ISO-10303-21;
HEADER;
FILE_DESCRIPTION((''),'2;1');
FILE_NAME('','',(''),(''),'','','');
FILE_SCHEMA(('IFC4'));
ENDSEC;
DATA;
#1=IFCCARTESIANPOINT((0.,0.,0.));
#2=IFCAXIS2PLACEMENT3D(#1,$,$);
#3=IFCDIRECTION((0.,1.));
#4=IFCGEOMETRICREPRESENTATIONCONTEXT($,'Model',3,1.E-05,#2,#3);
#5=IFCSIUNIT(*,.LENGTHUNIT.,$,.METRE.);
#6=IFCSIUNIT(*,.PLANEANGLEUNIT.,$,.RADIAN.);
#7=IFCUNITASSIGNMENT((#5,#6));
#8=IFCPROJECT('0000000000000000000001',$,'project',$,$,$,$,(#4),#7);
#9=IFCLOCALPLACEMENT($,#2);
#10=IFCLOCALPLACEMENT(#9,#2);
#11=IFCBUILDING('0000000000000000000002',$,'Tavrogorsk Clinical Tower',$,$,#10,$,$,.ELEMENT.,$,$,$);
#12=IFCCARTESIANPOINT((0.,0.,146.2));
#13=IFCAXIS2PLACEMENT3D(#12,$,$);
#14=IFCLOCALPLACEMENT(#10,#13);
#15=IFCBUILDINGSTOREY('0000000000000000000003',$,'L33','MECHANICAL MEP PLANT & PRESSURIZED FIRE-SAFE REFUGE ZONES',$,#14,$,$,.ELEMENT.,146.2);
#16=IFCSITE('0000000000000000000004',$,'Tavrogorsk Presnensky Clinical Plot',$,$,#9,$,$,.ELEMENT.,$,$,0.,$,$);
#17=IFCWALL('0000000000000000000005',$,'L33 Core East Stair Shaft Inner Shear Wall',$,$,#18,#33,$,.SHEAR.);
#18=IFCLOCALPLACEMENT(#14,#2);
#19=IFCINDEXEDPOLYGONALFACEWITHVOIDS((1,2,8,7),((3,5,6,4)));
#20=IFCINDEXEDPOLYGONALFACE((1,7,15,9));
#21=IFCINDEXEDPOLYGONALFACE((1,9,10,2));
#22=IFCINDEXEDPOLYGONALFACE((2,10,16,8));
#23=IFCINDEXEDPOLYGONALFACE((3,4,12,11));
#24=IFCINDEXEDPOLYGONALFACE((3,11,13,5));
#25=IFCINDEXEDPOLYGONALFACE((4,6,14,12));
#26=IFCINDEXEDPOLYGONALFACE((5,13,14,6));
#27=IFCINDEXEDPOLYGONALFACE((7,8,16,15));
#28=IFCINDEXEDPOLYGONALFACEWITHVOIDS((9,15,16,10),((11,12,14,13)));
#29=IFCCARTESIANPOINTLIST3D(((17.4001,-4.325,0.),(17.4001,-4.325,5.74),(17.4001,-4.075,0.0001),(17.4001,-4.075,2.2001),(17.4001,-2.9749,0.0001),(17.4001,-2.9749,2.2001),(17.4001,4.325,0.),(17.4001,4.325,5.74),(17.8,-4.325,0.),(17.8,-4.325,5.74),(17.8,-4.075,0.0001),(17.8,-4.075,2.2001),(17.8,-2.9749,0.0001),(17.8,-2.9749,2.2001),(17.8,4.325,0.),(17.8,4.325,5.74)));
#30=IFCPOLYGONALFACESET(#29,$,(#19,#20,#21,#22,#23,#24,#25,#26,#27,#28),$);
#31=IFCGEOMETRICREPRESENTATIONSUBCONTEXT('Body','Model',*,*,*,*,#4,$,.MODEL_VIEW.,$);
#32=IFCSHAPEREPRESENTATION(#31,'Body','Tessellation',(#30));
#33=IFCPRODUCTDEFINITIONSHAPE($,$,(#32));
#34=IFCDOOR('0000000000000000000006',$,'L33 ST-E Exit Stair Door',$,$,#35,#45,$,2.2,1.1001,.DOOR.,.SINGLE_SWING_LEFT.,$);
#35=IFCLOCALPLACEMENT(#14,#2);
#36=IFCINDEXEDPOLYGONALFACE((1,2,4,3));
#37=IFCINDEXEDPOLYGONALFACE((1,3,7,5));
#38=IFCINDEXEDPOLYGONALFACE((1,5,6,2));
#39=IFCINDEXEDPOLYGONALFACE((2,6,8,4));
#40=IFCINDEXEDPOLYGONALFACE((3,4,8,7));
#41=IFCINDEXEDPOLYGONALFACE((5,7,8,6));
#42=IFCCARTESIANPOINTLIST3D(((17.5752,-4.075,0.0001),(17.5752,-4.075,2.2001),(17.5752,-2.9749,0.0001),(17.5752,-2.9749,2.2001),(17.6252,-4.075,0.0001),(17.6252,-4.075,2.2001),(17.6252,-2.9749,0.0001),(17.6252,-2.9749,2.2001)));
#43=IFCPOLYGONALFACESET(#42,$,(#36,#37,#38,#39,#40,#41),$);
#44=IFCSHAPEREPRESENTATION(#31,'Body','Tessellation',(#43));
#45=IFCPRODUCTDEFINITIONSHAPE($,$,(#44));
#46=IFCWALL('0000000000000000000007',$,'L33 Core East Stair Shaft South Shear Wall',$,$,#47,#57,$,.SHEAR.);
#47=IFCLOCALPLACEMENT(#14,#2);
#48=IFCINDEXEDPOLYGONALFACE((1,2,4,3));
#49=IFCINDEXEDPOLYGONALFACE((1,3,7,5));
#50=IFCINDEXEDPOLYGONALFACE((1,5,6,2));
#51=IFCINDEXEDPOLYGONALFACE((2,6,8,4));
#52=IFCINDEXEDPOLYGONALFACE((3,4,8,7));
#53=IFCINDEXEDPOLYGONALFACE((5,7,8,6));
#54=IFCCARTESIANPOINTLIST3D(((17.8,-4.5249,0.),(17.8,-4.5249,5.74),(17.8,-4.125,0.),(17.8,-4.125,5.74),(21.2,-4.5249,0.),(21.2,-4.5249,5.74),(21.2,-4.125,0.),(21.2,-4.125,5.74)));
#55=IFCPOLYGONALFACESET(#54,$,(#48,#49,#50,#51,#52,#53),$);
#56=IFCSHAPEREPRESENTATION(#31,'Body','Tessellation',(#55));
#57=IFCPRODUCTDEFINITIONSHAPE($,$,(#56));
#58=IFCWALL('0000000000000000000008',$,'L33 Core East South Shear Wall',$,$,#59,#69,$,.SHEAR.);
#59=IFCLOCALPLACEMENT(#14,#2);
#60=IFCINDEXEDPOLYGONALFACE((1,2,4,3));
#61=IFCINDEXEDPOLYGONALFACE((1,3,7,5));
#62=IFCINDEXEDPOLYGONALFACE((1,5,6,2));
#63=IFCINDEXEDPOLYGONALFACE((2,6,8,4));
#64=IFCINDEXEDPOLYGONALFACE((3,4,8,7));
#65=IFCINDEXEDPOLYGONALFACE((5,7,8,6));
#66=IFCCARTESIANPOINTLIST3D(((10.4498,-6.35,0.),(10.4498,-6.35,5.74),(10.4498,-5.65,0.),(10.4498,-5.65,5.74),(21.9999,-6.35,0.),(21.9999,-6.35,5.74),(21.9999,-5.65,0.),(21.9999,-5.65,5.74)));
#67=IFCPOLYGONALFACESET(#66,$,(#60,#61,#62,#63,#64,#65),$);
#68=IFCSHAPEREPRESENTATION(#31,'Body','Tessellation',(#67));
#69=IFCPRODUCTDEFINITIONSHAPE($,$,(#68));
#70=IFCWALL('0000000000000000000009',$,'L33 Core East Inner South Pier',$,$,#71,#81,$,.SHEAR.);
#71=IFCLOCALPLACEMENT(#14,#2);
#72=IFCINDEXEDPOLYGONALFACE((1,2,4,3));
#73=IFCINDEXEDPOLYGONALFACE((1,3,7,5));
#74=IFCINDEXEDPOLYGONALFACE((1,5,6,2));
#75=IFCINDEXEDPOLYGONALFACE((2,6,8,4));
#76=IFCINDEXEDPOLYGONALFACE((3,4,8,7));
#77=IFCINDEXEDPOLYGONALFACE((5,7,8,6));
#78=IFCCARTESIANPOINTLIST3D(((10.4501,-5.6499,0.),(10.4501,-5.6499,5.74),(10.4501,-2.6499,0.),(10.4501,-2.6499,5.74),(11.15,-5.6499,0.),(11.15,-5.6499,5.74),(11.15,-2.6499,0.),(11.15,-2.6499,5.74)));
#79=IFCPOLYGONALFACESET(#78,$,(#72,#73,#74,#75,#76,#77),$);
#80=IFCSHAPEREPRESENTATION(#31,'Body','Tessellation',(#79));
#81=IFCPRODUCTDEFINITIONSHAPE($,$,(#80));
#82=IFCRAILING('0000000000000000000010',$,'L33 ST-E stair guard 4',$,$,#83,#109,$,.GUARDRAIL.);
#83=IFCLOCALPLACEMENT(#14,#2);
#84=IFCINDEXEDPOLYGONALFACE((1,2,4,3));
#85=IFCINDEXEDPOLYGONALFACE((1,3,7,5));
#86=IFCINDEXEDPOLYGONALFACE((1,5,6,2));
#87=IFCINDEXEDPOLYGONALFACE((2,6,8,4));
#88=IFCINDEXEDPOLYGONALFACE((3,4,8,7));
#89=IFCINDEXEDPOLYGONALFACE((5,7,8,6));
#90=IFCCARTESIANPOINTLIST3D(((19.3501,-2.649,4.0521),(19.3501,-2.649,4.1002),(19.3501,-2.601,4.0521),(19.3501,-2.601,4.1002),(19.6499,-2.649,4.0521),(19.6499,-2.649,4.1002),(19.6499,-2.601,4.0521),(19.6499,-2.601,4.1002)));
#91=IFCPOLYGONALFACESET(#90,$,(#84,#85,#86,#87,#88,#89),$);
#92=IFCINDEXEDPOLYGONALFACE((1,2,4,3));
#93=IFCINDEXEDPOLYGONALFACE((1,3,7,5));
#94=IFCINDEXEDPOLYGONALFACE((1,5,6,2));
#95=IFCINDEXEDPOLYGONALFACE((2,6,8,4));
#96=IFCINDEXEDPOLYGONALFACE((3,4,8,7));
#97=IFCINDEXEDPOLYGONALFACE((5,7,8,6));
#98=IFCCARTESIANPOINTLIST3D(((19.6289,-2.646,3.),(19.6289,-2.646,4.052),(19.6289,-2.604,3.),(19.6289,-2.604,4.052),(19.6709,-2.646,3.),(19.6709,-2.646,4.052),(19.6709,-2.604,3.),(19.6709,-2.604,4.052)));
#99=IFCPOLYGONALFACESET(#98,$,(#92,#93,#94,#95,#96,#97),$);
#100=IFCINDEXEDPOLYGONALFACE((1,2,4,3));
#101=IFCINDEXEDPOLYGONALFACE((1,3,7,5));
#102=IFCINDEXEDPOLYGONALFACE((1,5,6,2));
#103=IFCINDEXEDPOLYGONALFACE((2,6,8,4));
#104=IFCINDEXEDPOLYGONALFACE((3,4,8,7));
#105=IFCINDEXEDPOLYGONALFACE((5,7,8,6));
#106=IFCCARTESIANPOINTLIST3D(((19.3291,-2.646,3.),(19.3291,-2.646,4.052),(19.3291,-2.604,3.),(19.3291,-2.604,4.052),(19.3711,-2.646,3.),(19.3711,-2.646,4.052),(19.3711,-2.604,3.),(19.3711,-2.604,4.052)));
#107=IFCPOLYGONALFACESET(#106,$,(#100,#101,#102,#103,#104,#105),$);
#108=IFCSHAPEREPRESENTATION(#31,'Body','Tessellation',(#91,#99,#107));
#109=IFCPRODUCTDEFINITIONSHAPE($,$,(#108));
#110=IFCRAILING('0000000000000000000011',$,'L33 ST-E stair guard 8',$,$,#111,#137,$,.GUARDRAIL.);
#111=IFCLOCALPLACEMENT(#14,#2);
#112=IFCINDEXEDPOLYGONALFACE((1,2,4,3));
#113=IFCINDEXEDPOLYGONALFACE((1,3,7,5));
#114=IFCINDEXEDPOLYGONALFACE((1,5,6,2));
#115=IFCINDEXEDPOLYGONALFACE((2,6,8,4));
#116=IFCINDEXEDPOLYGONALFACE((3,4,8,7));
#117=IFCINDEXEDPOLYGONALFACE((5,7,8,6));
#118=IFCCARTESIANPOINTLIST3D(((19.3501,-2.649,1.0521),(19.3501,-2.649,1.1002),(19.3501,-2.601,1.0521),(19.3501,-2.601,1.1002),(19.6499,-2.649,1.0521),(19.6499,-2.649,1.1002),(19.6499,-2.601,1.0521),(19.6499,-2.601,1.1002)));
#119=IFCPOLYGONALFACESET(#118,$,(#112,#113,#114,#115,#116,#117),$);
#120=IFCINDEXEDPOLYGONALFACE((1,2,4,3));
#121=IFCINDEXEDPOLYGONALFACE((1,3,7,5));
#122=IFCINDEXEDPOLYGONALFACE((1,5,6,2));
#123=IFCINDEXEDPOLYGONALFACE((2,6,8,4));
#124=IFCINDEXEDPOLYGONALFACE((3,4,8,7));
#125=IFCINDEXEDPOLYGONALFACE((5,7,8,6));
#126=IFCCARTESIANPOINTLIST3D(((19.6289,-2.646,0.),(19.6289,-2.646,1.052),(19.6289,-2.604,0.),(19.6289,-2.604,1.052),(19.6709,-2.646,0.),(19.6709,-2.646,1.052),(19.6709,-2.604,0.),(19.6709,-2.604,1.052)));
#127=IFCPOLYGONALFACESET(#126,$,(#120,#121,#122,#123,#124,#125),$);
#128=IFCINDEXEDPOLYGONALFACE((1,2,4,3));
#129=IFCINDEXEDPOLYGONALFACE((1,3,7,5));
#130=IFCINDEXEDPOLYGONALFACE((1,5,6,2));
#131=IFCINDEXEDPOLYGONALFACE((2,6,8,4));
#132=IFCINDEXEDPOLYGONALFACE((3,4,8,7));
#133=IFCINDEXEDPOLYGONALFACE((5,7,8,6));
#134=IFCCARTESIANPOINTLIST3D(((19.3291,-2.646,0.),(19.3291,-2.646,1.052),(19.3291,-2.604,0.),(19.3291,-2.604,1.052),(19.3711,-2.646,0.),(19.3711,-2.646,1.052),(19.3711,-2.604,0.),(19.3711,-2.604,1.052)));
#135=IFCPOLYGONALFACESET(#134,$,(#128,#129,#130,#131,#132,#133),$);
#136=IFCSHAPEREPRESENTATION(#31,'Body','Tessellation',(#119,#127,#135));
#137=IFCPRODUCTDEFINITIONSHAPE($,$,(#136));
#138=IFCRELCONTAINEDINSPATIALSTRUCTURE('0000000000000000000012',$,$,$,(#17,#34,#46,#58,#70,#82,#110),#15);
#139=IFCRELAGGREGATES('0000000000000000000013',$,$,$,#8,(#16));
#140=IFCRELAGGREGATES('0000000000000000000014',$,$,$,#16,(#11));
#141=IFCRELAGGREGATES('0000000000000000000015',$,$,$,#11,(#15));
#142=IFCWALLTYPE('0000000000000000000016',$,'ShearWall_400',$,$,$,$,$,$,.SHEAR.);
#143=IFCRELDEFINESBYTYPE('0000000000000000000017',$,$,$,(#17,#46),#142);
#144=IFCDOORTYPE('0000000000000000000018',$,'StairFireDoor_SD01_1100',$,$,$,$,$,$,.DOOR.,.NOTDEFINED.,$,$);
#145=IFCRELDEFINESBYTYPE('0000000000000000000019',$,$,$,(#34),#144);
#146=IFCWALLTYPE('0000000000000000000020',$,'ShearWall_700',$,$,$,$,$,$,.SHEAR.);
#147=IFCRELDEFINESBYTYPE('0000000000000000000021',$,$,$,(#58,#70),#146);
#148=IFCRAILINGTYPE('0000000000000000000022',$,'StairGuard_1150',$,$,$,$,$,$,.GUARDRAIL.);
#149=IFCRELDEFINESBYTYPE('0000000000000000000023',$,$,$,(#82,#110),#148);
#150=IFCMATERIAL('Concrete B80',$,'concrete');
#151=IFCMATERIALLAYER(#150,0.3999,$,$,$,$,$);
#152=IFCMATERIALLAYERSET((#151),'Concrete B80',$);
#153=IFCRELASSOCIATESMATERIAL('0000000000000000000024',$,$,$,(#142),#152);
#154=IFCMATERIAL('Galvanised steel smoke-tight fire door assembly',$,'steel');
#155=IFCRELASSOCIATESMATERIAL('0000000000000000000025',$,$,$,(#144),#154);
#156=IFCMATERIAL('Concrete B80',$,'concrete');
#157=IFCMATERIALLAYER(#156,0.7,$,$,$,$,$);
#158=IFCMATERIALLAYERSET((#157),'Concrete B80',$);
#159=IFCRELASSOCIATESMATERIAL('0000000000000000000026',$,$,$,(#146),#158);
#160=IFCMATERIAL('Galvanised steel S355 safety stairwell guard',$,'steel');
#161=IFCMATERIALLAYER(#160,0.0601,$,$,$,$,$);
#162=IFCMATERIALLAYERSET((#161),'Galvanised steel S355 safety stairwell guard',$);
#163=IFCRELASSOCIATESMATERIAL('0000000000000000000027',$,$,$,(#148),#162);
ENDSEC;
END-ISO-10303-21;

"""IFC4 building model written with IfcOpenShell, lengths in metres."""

from ifc_helpers import new_model, si_unit, direction, frame, frame_2d, origin, origin_2d, place, context, subcontext, project, spatial, rectangle, extrude, material, layer, layer_set, type_object, element, fill, save


model = new_model("IFC4")

# Units and contexts
model_context = context("Model", 3, precision=1e-05, world=origin(), true_north=direction((0.0, 1.0)))
body_context = subcontext(model_context, "Body", "Model", "MODEL_VIEW")
ifc_project = project(units=[si_unit("LENGTHUNIT", "METRE"), si_unit("PLANEANGLEUNIT", "RADIAN")], contexts=[model_context])

# Site, building, storey
site_placement = place(None, origin())
site = spatial("IfcSite", under=ifc_project, at=site_placement, Name="Tavrogorsk Presnensky Clinical Plot", CompositionType="ELEMENT", RefElevation=0.0)
building_placement = place(site_placement, origin())
building = spatial("IfcBuilding", under=site, at=building_placement, Name="Tavrogorsk Clinical Tower", CompositionType="ELEMENT")
storey_placement = place(building_placement, frame((0.0, 0.0, 146.2)))
storey = spatial("IfcBuildingStorey", under=building, at=storey_placement, Name="L33", Description="MECHANICAL MEP PLANT & PRESSURIZED FIRE-SAFE REFUGE ZONES", CompositionType="ELEMENT", Elevation=146.2)

# Wall, opening, door
ifc_material_1 = material(Name="Concrete B80", Category="concrete")
ifc_layer_1 = layer(ifc_material_1, 0.3999)
ifc_layer_set_1 = layer_set([ifc_layer_1], Name="Concrete B80")
wall_type_1 = type_object("IfcWallType", Name="ShearWall_400", PredefinedType="SHEAR", material=ifc_layer_set_1)
wall_1_placement = place(storey_placement, frame((17.6001, -4.325, 0.0), z_axis=(0.0, 0.0, 1.0), x_axis=(0.0, 1.0, 0.0)))
wall_1 = element("IfcWall", 1, at=wall_1_placement, inside=storey, type_object=wall_type_1, Name="L33 Core East Stair Shaft Inner Shear Wall", PredefinedType="SHEAR", context=body_context, shape_type="SweptSolid", body=[
    extrude(rectangle(XDim=8.6499, YDim=0.3999, at=frame_2d((4.325, 0.0))), origin(), (0.0, 0.0, 1.0), 5.74),
])
opening_1_placement = place(wall_1_placement, frame((0.25, 0.0, 0.0)))
opening_1 = element("IfcOpeningElement", 2, at=opening_1_placement, cuts=wall_1, PredefinedType="OPENING", context=body_context, shape_type="SweptSolid", body=[
    extrude(rectangle(XDim=1.1001, YDim=2.2, at=frame_2d((0.55, 1.1001))), frame((0.0, 0.21, 0.0), z_axis=(0.0, -1.0, 0.0), x_axis=(1.0, 0.0, 0.0)), (0.0, 0.0, 1.0), 0.4199),
])
ifc_material_2 = material(Name="Galvanised steel smoke-tight fire door assembly", Category="steel")
door_type_1 = type_object("IfcDoorType", Name="StairFireDoor_SD01_1100", OperationType="NOTDEFINED", PredefinedType="DOOR", material=ifc_material_2)
door_1_placement = place(opening_1_placement, origin())
door_1 = element("IfcDoor", 3, at=door_1_placement, inside=storey, type_object=door_type_1, Name="L33 ST-E Exit Stair Door", OperationType="SINGLE_SWING_LEFT", OverallHeight=2.2, OverallWidth=1.1001, PredefinedType="DOOR", context=body_context, shape_type="SweptSolid", body=[
    extrude(rectangle(XDim=1.1001, YDim=2.2, at=frame_2d((0.55, 1.1001))), frame((0.0, 0.0249, 0.0), z_axis=(0.0, -1.0, 0.0), x_axis=(1.0, 0.0, 0.0)), (0.0, 0.0, 1.0), 0.05),
])
fill(opening_1, door_1)

# Walls
wall_2_placement = place(storey_placement, frame((17.8, -4.325, 0.0), z_axis=(0.0, 0.0, 1.0), x_axis=(1.0, 0.0, 0.0)))
element("IfcWall", 4, at=wall_2_placement, inside=storey, type_object=wall_type_1, Name="L33 Core East Stair Shaft South Shear Wall", PredefinedType="SHEAR", context=body_context, shape_type="SweptSolid", body=[
    extrude(rectangle(XDim=3.3999, YDim=0.3999, at=frame_2d((1.7, 0.0))), origin(), (0.0, 0.0, 1.0), 5.74),
])
ifc_material_3 = material(Name="Concrete B80", Category="concrete")
ifc_layer_2 = layer(ifc_material_3, 0.7)
ifc_layer_set_2 = layer_set([ifc_layer_2], Name="Concrete B80")
wall_type_2 = type_object("IfcWallType", Name="ShearWall_700", PredefinedType="SHEAR", material=ifc_layer_set_2)
wall_3_placement = place(storey_placement, frame((10.45, -6.0, 0.0), z_axis=(0.0, 0.0, 1.0), x_axis=(1.0, 0.0, 0.0)))
element("IfcWall", 5, at=wall_3_placement, inside=storey, type_object=wall_type_2, Name="L33 Core East South Shear Wall", PredefinedType="SHEAR", context=body_context, shape_type="SweptSolid", body=[
    extrude(rectangle(XDim=11.55, YDim=0.7, at=frame_2d((5.7749, 0.0))), origin(), (0.0, 0.0, 1.0), 5.74),
])
wall_4_placement = place(storey_placement, frame((10.8, -5.6499, 0.0), z_axis=(0.0, 0.0, 1.0), x_axis=(0.0, 1.0, 0.0)))
element("IfcWall", 6, at=wall_4_placement, inside=storey, type_object=wall_type_2, Name="L33 Core East Inner South Pier", PredefinedType="SHEAR", context=body_context, shape_type="SweptSolid", body=[
    extrude(rectangle(XDim=3.0, YDim=0.7, at=frame_2d((1.5, 0.0))), origin(), (0.0, 0.0, 1.0), 5.74),
])

# Railings
ifc_material_4 = material(Name="Galvanised steel S355 safety stairwell guard", Category="steel")
ifc_layer_3 = layer(ifc_material_4, 0.0601)
ifc_layer_set_3 = layer_set([ifc_layer_3], Name="Galvanised steel S355 safety stairwell guard")
railing_type = type_object("IfcRailingType", Name="StairGuard_1150", PredefinedType="GUARDRAIL", material=ifc_layer_set_3)
for number, where, name in (
    (7, (19.6499, -2.625, 3.0), "L33 ST-E stair guard 4"),
    (8, (19.6499, -2.625, 0.0), "L33 ST-E stair guard 8"),
):
    element("IfcRailing", number, at=place(storey_placement, frame(where)), inside=storey, type_object=railing_type, Name=name, PredefinedType="GUARDRAIL", context=body_context, shape_type="SweptSolid", body=[
        extrude(rectangle(XDim=0.0481, YDim=0.0481, at=origin_2d()), frame((0.0, 0.0, 1.0762), z_axis=(-1.0, 0.0, 0.0), x_axis=(0.0, -1.0, 0.0)), (0.0, 0.0, 1.0), 0.2998),
        extrude(rectangle(XDim=0.042, YDim=0.042, at=origin_2d()), origin(), (0.0, 0.0, 1.0), 1.052),
        extrude(rectangle(XDim=0.042, YDim=0.042, at=origin_2d()), frame((-0.2998, 0.0, 0.0)), (0.0, 0.0, 1.0), 1.052),
    ])

save(model, "model.ifc")
